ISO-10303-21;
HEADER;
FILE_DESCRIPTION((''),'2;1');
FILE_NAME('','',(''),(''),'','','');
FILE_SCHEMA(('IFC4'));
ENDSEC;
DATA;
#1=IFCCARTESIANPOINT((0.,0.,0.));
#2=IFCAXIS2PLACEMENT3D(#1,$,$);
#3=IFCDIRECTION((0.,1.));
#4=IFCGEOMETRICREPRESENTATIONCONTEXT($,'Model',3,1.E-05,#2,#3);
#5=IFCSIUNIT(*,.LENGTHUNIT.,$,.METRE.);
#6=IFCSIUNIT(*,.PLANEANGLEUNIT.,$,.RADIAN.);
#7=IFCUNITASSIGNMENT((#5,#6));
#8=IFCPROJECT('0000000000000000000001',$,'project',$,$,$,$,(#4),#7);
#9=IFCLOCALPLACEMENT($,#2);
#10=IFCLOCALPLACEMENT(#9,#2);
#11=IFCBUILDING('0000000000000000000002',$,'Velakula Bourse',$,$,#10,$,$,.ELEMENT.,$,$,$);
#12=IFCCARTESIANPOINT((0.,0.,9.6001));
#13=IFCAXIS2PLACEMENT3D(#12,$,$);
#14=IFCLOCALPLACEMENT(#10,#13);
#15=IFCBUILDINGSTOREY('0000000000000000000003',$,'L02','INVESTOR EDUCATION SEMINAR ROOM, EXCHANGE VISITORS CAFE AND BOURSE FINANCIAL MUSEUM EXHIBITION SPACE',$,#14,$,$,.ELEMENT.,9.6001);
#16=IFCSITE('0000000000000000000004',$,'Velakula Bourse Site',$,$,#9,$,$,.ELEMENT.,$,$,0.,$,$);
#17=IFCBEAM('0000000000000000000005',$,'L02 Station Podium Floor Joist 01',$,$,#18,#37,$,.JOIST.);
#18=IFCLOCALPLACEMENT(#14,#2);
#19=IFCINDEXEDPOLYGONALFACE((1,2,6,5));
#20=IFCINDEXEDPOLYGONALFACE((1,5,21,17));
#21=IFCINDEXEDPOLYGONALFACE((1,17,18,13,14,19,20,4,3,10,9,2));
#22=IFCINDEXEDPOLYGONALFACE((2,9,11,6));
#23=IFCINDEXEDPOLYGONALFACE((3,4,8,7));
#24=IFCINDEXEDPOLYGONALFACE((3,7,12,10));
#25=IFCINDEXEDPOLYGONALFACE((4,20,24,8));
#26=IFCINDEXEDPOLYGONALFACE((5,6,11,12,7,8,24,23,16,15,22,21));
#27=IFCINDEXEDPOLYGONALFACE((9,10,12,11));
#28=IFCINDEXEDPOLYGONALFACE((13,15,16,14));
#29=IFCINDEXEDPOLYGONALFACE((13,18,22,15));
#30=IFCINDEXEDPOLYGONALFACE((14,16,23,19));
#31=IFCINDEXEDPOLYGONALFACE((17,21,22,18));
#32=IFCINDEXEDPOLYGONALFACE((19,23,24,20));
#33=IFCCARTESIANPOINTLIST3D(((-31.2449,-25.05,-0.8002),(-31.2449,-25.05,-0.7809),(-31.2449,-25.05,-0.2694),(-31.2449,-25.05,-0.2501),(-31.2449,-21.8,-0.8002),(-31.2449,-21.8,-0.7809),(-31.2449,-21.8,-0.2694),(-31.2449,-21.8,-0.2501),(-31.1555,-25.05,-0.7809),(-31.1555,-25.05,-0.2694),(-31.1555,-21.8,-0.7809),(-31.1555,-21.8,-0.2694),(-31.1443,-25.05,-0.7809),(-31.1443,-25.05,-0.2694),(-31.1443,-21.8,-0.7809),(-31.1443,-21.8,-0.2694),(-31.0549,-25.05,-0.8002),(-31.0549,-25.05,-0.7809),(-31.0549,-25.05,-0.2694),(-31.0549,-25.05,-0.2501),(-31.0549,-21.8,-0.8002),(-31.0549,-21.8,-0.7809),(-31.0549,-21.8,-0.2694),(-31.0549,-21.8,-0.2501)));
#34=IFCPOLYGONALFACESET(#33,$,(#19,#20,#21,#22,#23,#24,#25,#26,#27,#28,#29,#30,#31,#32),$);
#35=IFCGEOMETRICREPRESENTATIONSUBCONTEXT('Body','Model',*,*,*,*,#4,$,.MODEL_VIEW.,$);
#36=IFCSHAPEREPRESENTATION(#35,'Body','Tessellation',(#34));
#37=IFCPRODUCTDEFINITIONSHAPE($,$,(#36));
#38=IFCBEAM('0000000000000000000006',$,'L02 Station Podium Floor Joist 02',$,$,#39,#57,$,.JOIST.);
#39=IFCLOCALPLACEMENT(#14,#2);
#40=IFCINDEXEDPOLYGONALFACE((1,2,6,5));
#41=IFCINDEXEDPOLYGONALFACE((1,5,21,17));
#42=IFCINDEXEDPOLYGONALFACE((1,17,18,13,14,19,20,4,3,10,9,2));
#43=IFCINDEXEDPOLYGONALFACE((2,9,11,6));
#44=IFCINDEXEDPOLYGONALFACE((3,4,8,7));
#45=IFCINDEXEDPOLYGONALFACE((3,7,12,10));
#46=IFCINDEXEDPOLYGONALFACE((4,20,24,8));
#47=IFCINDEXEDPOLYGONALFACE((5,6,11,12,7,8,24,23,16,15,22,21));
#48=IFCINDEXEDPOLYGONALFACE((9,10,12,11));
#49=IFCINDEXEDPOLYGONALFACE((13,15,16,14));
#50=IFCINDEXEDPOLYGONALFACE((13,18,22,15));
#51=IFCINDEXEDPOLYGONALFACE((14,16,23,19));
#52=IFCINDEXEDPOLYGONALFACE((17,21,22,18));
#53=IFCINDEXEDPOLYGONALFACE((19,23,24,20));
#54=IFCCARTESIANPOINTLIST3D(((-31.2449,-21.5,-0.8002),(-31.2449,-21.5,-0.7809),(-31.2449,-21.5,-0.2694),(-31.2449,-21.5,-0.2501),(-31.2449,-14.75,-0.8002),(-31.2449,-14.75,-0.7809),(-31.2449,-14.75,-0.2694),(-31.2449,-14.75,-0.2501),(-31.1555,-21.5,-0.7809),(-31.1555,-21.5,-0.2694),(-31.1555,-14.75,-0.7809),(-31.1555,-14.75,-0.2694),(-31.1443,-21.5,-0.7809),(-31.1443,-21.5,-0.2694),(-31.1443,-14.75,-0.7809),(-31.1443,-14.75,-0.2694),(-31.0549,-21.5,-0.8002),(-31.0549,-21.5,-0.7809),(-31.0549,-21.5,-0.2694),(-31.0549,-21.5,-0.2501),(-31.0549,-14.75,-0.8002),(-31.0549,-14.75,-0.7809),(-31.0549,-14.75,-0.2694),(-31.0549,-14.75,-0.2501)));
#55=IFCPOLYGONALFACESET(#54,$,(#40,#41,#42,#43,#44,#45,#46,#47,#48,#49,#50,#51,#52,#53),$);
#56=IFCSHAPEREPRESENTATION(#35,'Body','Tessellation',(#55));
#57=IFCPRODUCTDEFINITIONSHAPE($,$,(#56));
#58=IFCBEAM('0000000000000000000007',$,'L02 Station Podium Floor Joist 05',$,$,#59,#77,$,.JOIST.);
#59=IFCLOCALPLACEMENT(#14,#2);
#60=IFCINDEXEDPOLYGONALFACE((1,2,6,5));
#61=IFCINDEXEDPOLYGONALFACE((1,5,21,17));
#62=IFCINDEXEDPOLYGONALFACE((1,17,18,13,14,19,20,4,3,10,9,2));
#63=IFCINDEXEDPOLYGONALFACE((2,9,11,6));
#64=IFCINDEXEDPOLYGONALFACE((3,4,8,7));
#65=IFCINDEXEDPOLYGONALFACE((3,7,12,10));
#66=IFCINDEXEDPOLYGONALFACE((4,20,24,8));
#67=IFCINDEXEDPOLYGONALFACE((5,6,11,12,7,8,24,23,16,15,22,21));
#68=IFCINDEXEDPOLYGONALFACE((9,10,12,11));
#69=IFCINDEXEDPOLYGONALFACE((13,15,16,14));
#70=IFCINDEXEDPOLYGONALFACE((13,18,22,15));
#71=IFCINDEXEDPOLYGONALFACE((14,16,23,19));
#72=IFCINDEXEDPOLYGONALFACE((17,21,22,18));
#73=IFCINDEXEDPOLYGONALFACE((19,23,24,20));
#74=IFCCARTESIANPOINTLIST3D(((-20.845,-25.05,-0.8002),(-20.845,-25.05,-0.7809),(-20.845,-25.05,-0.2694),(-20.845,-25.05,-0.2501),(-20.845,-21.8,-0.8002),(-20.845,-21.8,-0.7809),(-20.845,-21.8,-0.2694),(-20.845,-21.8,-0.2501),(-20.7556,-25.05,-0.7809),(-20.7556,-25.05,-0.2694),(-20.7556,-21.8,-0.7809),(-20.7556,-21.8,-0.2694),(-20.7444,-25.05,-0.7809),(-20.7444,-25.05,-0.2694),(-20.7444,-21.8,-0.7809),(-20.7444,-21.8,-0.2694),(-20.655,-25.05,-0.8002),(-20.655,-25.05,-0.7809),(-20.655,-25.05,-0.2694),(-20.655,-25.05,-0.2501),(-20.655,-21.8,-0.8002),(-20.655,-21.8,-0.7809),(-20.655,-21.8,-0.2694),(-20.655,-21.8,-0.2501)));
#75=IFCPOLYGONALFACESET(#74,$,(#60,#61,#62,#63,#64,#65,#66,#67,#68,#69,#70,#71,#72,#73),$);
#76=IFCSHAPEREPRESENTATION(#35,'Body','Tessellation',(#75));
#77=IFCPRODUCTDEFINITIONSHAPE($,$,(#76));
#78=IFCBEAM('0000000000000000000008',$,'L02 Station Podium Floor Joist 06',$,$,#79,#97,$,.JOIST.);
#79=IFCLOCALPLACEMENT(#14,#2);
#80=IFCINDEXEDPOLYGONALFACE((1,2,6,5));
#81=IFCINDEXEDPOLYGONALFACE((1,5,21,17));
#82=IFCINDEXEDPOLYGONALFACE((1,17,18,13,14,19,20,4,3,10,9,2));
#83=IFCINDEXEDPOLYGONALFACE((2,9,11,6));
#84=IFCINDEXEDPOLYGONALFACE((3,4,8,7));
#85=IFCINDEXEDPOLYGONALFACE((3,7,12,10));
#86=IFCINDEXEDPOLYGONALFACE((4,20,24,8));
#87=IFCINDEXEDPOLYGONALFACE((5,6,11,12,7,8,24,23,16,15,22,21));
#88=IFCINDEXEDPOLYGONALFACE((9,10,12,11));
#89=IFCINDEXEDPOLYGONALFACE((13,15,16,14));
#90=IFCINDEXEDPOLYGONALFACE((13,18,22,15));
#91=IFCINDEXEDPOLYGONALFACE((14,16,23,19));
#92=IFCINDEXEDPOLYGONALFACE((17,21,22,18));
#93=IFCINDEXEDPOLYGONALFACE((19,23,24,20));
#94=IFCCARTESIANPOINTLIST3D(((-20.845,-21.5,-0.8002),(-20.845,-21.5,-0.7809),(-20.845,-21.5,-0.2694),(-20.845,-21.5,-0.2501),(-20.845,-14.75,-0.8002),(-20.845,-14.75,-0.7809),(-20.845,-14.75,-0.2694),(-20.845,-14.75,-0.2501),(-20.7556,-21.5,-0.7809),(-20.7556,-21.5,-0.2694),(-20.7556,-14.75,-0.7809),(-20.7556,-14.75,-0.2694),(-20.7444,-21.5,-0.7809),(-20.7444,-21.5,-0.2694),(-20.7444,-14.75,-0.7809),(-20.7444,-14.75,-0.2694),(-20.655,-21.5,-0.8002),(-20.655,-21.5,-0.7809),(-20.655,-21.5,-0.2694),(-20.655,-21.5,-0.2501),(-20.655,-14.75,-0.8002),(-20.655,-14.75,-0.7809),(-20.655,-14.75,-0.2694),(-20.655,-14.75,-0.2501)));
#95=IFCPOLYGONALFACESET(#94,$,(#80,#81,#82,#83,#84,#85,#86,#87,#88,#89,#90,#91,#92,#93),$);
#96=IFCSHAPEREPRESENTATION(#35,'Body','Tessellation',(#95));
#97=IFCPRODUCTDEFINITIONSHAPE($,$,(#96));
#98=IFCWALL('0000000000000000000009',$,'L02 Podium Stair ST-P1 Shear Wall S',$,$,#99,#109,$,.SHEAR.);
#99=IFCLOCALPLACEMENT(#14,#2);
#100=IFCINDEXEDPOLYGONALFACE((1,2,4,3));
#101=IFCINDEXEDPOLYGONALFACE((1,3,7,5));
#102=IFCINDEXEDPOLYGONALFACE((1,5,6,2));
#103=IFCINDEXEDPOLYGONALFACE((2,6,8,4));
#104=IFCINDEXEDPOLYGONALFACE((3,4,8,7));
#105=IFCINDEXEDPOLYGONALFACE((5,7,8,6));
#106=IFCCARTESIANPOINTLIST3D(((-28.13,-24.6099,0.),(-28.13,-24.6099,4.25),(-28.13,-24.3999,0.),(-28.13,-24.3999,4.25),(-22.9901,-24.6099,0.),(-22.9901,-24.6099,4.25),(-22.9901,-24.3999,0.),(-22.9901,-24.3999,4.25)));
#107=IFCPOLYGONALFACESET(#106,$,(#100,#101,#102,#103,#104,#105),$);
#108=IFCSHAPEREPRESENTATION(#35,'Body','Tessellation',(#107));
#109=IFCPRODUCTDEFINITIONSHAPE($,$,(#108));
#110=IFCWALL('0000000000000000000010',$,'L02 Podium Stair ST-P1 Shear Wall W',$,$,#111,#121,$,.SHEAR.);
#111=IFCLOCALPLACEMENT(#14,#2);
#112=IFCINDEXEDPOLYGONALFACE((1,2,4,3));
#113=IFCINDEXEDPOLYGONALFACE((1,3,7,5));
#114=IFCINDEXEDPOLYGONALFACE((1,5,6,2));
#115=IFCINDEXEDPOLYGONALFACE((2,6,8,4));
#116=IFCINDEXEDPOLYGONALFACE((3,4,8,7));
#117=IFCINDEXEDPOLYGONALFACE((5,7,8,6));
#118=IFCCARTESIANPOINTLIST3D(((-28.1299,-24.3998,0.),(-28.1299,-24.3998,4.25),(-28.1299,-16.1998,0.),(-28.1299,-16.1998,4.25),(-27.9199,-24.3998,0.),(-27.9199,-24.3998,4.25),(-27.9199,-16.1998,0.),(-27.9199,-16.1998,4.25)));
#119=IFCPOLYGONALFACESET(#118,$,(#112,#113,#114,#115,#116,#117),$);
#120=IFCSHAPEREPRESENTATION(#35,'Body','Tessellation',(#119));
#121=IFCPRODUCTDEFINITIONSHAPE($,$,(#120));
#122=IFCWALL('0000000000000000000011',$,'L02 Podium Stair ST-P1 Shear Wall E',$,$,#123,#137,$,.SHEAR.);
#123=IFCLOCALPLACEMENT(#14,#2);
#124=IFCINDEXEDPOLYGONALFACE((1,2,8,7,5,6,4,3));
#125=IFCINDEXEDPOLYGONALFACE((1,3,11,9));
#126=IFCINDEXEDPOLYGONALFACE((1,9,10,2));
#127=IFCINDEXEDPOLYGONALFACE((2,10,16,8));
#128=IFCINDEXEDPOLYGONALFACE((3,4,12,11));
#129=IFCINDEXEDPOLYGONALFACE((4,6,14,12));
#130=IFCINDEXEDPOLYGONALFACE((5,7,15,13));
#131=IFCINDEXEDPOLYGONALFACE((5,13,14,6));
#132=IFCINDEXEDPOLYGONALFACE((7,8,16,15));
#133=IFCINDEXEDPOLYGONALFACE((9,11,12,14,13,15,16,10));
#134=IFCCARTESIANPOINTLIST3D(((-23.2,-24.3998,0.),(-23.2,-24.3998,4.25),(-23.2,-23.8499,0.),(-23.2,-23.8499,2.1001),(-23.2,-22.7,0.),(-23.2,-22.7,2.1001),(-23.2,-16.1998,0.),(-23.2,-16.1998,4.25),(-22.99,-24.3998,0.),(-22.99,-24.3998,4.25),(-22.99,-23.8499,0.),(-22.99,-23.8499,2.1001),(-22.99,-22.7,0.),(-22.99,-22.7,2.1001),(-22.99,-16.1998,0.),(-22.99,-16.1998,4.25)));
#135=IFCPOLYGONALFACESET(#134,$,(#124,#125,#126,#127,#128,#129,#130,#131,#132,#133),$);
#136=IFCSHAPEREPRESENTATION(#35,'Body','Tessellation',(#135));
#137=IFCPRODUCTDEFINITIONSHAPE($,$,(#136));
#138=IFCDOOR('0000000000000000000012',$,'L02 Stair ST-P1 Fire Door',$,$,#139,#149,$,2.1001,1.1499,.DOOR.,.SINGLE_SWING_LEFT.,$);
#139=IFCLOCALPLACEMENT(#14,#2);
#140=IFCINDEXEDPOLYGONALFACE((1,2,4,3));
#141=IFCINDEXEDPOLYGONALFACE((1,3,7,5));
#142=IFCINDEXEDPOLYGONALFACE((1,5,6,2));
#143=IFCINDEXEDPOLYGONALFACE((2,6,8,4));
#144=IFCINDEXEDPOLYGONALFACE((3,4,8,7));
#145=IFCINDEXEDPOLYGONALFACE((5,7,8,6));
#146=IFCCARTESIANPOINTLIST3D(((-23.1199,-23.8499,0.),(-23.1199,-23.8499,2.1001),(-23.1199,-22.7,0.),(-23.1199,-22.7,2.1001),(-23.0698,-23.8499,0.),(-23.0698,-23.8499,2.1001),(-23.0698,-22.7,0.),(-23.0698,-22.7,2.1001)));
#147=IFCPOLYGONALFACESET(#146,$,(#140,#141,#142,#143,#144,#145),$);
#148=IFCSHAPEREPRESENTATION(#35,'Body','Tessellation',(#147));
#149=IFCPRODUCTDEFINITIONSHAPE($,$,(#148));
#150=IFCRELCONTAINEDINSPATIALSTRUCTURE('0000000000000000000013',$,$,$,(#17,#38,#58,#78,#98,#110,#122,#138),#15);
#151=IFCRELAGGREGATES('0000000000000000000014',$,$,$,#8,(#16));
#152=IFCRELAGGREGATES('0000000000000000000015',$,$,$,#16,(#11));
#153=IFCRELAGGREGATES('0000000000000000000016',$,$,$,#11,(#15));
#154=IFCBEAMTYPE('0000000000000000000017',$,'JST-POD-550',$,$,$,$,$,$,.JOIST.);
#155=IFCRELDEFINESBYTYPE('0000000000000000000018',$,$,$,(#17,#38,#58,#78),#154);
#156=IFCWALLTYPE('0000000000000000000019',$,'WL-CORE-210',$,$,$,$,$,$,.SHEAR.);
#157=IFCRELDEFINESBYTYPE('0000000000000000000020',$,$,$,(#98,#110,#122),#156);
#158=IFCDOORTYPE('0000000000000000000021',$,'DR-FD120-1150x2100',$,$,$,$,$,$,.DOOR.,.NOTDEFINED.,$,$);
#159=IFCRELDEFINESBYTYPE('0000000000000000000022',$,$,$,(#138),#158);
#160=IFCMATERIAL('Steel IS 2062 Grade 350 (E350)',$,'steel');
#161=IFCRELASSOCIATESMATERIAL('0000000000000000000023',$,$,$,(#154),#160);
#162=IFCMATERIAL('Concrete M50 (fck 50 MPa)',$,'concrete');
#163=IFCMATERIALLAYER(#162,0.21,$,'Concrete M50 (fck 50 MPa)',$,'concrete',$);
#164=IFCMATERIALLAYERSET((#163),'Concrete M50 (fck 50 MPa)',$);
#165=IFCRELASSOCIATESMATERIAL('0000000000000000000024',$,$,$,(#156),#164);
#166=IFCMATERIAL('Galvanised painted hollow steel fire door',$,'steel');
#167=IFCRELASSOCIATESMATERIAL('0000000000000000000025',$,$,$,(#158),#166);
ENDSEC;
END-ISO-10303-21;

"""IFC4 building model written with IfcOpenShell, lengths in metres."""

from ifc_helpers import new_model, si_unit, direction, frame, frame_2d, origin, origin_2d, place, context, subcontext, project, spatial, rectangle, i_section, extrude, material, layer, layer_set, material_profile, profile_set, type_object, element, fill, save


model = new_model("IFC4")

# Units and contexts
model_context = context("Model", 3, precision=1e-05, world=origin(), true_north=direction((0.0, 1.0)))
body_context = subcontext(model_context, "Body", "Model", "MODEL_VIEW")
ifc_project = project(units=[si_unit("LENGTHUNIT", "METRE"), si_unit("PLANEANGLEUNIT", "RADIAN")], contexts=[model_context])

# Site, building, storey
site_placement = place(None, origin())
site = spatial("IfcSite", under=ifc_project, at=site_placement, Name="Velakula Bourse Site", CompositionType="ELEMENT", RefElevation=0.0)
building_placement = place(site_placement, origin())
building = spatial("IfcBuilding", under=site, at=building_placement, Name="Velakula Bourse", CompositionType="ELEMENT")
storey_placement = place(building_placement, frame((0.0, 0.0, 9.6001)))
storey = spatial("IfcBuildingStorey", under=building, at=storey_placement, Name="L02", Description="INVESTOR EDUCATION SEMINAR ROOM, EXCHANGE VISITORS CAFE AND BOURSE FINANCIAL MUSEUM EXHIBITION SPACE", CompositionType="ELEMENT", Elevation=9.6001)

# Beams
ifc_material_1 = material(Name="Steel IS 2062 Grade 350 (E350)", Category="steel")
ifc_material_profile_1 = material_profile(ifc_material_1, i_section(OverallWidth=0.1899, OverallDepth=0.55, WebThickness=0.0112, FlangeThickness=0.0193, at=origin_2d()), Name="Steel IS 2062 Grade 350 (E350)")
ifc_profile_set_1 = profile_set([ifc_material_profile_1], Name="Steel IS 2062 Grade 350 (E350)")
beam_type_1 = type_object("IfcBeamType", Name="JST-POD-550", PredefinedType="JOIST", material=ifc_profile_set_1)
beam_1_placement = place(storey_placement, frame((-31.1499, -25.05, -0.5251), z_axis=(0.0, 1.0, 0.0), x_axis=(-1.0, 0.0, 0.0)))
element("IfcBeam", 1, at=beam_1_placement, inside=storey, type_object=beam_type_1, Name="L02 Station Podium Floor Joist 01", PredefinedType="JOIST", context=body_context, shape_type="SweptSolid", body=[
    extrude(i_section(OverallWidth=0.1899, OverallDepth=0.55, WebThickness=0.0112, FlangeThickness=0.0193, at=origin_2d()), origin(), (0.0, 0.0, 1.0), 3.25),
])
beam_2_placement = place(storey_placement, frame((-31.1499, -21.5, -0.5251), z_axis=(0.0, 1.0, 0.0), x_axis=(-1.0, 0.0, 0.0)))
element("IfcBeam", 2, at=beam_2_placement, inside=storey, type_object=beam_type_1, Name="L02 Station Podium Floor Joist 02", PredefinedType="JOIST", context=body_context, shape_type="SweptSolid", body=[
    extrude(i_section(OverallWidth=0.1899, OverallDepth=0.55, WebThickness=0.0112, FlangeThickness=0.0193, at=origin_2d()), origin(), (0.0, 0.0, 1.0), 6.75),
])
beam_3_placement = place(storey_placement, frame((-20.75, -25.05, -0.5251), z_axis=(0.0, 1.0, 0.0), x_axis=(-1.0, 0.0, 0.0)))
element("IfcBeam", 3, at=beam_3_placement, inside=storey, type_object=beam_type_1, Name="L02 Station Podium Floor Joist 05", PredefinedType="JOIST", context=body_context, shape_type="SweptSolid", body=[
    extrude(i_section(OverallWidth=0.1899, OverallDepth=0.55, WebThickness=0.0112, FlangeThickness=0.0193, at=origin_2d()), origin(), (0.0, 0.0, 1.0), 3.25),
])
beam_4_placement = place(storey_placement, frame((-20.75, -21.5, -0.5251), z_axis=(0.0, 1.0, 0.0), x_axis=(-1.0, 0.0, 0.0)))
element("IfcBeam", 4, at=beam_4_placement, inside=storey, type_object=beam_type_1, Name="L02 Station Podium Floor Joist 06", PredefinedType="JOIST", context=body_context, shape_type="SweptSolid", body=[
    extrude(i_section(OverallWidth=0.1899, OverallDepth=0.55, WebThickness=0.0112, FlangeThickness=0.0193, at=origin_2d()), origin(), (0.0, 0.0, 1.0), 6.75),
])

# Walls
ifc_material_2 = material(Name="Concrete M50 (fck 50 MPa)", Category="concrete")
ifc_layer_1 = layer(ifc_material_2, 0.21, Name="Concrete M50 (fck 50 MPa)", Category="concrete")
ifc_layer_set_1 = layer_set([ifc_layer_1], Name="Concrete M50 (fck 50 MPa)")
wall_type_1 = type_object("IfcWallType", Name="WL-CORE-210", PredefinedType="SHEAR", material=ifc_layer_set_1)
wall_1_placement = place(storey_placement, frame((-28.1299, -24.5049, 0.0), z_axis=(0.0, 0.0, 1.0), x_axis=(1.0, 0.0, 0.0)))
element("IfcWall", 5, at=wall_1_placement, inside=storey, type_object=wall_type_1, Name="L02 Podium Stair ST-P1 Shear Wall S", PredefinedType="SHEAR", context=body_context, shape_type="SweptSolid", body=[
    extrude(rectangle(XDim=5.1399, YDim=0.21, at=frame_2d((2.5698, 0.0))), origin(), (0.0, 0.0, 1.0), 4.25),
])
wall_2_placement = place(storey_placement, frame((-28.0249, -24.3999, 0.0), z_axis=(0.0, 0.0, 1.0), x_axis=(0.0, 1.0, 0.0)))
element("IfcWall", 6, at=wall_2_placement, inside=storey, type_object=wall_type_1, Name="L02 Podium Stair ST-P1 Shear Wall W", PredefinedType="SHEAR", context=body_context, shape_type="SweptSolid", body=[
    extrude(rectangle(XDim=8.2, YDim=0.21, at=frame_2d((4.1001, 0.0))), origin(), (0.0, 0.0, 1.0), 4.25),
])

# Wall, opening, door
wall_3_placement = place(storey_placement, frame((-23.095, -24.3999, 0.0), z_axis=(0.0, 0.0, 1.0), x_axis=(0.0, 1.0, 0.0)))
wall_3 = element("IfcWall", 7, at=wall_3_placement, inside=storey, type_object=wall_type_1, Name="L02 Podium Stair ST-P1 Shear Wall E", PredefinedType="SHEAR", context=body_context, shape_type="SweptSolid", body=[
    extrude(rectangle(XDim=8.2, YDim=0.21, at=frame_2d((4.1001, 0.0))), origin(), (0.0, 0.0, 1.0), 4.25),
])
opening_1_placement = place(wall_3_placement, frame((0.55, 0.0, 0.0)))
opening_1 = element("IfcOpeningElement", 8, at=opening_1_placement, cuts=wall_3, PredefinedType="OPENING", context=body_context, shape_type="SweptSolid", body=[
    extrude(rectangle(XDim=1.1499, YDim=2.1001, at=frame_2d((0.575, 1.05))), frame((0.0, 0.115, 0.0), z_axis=(0.0, -1.0, 0.0), x_axis=(1.0, 0.0, 0.0)), (0.0, 0.0, 1.0), 0.23),
])
ifc_material_3 = material(Name="Galvanised painted hollow steel fire door", Category="steel")
door_type = type_object("IfcDoorType", Name="DR-FD120-1150x2100", OperationType="NOTDEFINED", PredefinedType="DOOR", material=ifc_material_3)
door_placement = place(opening_1_placement, origin())
door = element("IfcDoor", 9, at=door_placement, inside=storey, type_object=door_type, Name="L02 Stair ST-P1 Fire Door", OperationType="SINGLE_SWING_LEFT", OverallHeight=2.1001, OverallWidth=1.1499, PredefinedType="DOOR", context=body_context, shape_type="SweptSolid", body=[
    extrude(rectangle(XDim=1.1499, YDim=2.1001, at=frame_2d((0.575, 1.05))), frame((0.0, 0.0249, 0.0), z_axis=(0.0, -1.0, 0.0), x_axis=(1.0, 0.0, 0.0)), (0.0, 0.0, 1.0), 0.05),
])
fill(opening_1, door)

save(model, "model.ifc")
